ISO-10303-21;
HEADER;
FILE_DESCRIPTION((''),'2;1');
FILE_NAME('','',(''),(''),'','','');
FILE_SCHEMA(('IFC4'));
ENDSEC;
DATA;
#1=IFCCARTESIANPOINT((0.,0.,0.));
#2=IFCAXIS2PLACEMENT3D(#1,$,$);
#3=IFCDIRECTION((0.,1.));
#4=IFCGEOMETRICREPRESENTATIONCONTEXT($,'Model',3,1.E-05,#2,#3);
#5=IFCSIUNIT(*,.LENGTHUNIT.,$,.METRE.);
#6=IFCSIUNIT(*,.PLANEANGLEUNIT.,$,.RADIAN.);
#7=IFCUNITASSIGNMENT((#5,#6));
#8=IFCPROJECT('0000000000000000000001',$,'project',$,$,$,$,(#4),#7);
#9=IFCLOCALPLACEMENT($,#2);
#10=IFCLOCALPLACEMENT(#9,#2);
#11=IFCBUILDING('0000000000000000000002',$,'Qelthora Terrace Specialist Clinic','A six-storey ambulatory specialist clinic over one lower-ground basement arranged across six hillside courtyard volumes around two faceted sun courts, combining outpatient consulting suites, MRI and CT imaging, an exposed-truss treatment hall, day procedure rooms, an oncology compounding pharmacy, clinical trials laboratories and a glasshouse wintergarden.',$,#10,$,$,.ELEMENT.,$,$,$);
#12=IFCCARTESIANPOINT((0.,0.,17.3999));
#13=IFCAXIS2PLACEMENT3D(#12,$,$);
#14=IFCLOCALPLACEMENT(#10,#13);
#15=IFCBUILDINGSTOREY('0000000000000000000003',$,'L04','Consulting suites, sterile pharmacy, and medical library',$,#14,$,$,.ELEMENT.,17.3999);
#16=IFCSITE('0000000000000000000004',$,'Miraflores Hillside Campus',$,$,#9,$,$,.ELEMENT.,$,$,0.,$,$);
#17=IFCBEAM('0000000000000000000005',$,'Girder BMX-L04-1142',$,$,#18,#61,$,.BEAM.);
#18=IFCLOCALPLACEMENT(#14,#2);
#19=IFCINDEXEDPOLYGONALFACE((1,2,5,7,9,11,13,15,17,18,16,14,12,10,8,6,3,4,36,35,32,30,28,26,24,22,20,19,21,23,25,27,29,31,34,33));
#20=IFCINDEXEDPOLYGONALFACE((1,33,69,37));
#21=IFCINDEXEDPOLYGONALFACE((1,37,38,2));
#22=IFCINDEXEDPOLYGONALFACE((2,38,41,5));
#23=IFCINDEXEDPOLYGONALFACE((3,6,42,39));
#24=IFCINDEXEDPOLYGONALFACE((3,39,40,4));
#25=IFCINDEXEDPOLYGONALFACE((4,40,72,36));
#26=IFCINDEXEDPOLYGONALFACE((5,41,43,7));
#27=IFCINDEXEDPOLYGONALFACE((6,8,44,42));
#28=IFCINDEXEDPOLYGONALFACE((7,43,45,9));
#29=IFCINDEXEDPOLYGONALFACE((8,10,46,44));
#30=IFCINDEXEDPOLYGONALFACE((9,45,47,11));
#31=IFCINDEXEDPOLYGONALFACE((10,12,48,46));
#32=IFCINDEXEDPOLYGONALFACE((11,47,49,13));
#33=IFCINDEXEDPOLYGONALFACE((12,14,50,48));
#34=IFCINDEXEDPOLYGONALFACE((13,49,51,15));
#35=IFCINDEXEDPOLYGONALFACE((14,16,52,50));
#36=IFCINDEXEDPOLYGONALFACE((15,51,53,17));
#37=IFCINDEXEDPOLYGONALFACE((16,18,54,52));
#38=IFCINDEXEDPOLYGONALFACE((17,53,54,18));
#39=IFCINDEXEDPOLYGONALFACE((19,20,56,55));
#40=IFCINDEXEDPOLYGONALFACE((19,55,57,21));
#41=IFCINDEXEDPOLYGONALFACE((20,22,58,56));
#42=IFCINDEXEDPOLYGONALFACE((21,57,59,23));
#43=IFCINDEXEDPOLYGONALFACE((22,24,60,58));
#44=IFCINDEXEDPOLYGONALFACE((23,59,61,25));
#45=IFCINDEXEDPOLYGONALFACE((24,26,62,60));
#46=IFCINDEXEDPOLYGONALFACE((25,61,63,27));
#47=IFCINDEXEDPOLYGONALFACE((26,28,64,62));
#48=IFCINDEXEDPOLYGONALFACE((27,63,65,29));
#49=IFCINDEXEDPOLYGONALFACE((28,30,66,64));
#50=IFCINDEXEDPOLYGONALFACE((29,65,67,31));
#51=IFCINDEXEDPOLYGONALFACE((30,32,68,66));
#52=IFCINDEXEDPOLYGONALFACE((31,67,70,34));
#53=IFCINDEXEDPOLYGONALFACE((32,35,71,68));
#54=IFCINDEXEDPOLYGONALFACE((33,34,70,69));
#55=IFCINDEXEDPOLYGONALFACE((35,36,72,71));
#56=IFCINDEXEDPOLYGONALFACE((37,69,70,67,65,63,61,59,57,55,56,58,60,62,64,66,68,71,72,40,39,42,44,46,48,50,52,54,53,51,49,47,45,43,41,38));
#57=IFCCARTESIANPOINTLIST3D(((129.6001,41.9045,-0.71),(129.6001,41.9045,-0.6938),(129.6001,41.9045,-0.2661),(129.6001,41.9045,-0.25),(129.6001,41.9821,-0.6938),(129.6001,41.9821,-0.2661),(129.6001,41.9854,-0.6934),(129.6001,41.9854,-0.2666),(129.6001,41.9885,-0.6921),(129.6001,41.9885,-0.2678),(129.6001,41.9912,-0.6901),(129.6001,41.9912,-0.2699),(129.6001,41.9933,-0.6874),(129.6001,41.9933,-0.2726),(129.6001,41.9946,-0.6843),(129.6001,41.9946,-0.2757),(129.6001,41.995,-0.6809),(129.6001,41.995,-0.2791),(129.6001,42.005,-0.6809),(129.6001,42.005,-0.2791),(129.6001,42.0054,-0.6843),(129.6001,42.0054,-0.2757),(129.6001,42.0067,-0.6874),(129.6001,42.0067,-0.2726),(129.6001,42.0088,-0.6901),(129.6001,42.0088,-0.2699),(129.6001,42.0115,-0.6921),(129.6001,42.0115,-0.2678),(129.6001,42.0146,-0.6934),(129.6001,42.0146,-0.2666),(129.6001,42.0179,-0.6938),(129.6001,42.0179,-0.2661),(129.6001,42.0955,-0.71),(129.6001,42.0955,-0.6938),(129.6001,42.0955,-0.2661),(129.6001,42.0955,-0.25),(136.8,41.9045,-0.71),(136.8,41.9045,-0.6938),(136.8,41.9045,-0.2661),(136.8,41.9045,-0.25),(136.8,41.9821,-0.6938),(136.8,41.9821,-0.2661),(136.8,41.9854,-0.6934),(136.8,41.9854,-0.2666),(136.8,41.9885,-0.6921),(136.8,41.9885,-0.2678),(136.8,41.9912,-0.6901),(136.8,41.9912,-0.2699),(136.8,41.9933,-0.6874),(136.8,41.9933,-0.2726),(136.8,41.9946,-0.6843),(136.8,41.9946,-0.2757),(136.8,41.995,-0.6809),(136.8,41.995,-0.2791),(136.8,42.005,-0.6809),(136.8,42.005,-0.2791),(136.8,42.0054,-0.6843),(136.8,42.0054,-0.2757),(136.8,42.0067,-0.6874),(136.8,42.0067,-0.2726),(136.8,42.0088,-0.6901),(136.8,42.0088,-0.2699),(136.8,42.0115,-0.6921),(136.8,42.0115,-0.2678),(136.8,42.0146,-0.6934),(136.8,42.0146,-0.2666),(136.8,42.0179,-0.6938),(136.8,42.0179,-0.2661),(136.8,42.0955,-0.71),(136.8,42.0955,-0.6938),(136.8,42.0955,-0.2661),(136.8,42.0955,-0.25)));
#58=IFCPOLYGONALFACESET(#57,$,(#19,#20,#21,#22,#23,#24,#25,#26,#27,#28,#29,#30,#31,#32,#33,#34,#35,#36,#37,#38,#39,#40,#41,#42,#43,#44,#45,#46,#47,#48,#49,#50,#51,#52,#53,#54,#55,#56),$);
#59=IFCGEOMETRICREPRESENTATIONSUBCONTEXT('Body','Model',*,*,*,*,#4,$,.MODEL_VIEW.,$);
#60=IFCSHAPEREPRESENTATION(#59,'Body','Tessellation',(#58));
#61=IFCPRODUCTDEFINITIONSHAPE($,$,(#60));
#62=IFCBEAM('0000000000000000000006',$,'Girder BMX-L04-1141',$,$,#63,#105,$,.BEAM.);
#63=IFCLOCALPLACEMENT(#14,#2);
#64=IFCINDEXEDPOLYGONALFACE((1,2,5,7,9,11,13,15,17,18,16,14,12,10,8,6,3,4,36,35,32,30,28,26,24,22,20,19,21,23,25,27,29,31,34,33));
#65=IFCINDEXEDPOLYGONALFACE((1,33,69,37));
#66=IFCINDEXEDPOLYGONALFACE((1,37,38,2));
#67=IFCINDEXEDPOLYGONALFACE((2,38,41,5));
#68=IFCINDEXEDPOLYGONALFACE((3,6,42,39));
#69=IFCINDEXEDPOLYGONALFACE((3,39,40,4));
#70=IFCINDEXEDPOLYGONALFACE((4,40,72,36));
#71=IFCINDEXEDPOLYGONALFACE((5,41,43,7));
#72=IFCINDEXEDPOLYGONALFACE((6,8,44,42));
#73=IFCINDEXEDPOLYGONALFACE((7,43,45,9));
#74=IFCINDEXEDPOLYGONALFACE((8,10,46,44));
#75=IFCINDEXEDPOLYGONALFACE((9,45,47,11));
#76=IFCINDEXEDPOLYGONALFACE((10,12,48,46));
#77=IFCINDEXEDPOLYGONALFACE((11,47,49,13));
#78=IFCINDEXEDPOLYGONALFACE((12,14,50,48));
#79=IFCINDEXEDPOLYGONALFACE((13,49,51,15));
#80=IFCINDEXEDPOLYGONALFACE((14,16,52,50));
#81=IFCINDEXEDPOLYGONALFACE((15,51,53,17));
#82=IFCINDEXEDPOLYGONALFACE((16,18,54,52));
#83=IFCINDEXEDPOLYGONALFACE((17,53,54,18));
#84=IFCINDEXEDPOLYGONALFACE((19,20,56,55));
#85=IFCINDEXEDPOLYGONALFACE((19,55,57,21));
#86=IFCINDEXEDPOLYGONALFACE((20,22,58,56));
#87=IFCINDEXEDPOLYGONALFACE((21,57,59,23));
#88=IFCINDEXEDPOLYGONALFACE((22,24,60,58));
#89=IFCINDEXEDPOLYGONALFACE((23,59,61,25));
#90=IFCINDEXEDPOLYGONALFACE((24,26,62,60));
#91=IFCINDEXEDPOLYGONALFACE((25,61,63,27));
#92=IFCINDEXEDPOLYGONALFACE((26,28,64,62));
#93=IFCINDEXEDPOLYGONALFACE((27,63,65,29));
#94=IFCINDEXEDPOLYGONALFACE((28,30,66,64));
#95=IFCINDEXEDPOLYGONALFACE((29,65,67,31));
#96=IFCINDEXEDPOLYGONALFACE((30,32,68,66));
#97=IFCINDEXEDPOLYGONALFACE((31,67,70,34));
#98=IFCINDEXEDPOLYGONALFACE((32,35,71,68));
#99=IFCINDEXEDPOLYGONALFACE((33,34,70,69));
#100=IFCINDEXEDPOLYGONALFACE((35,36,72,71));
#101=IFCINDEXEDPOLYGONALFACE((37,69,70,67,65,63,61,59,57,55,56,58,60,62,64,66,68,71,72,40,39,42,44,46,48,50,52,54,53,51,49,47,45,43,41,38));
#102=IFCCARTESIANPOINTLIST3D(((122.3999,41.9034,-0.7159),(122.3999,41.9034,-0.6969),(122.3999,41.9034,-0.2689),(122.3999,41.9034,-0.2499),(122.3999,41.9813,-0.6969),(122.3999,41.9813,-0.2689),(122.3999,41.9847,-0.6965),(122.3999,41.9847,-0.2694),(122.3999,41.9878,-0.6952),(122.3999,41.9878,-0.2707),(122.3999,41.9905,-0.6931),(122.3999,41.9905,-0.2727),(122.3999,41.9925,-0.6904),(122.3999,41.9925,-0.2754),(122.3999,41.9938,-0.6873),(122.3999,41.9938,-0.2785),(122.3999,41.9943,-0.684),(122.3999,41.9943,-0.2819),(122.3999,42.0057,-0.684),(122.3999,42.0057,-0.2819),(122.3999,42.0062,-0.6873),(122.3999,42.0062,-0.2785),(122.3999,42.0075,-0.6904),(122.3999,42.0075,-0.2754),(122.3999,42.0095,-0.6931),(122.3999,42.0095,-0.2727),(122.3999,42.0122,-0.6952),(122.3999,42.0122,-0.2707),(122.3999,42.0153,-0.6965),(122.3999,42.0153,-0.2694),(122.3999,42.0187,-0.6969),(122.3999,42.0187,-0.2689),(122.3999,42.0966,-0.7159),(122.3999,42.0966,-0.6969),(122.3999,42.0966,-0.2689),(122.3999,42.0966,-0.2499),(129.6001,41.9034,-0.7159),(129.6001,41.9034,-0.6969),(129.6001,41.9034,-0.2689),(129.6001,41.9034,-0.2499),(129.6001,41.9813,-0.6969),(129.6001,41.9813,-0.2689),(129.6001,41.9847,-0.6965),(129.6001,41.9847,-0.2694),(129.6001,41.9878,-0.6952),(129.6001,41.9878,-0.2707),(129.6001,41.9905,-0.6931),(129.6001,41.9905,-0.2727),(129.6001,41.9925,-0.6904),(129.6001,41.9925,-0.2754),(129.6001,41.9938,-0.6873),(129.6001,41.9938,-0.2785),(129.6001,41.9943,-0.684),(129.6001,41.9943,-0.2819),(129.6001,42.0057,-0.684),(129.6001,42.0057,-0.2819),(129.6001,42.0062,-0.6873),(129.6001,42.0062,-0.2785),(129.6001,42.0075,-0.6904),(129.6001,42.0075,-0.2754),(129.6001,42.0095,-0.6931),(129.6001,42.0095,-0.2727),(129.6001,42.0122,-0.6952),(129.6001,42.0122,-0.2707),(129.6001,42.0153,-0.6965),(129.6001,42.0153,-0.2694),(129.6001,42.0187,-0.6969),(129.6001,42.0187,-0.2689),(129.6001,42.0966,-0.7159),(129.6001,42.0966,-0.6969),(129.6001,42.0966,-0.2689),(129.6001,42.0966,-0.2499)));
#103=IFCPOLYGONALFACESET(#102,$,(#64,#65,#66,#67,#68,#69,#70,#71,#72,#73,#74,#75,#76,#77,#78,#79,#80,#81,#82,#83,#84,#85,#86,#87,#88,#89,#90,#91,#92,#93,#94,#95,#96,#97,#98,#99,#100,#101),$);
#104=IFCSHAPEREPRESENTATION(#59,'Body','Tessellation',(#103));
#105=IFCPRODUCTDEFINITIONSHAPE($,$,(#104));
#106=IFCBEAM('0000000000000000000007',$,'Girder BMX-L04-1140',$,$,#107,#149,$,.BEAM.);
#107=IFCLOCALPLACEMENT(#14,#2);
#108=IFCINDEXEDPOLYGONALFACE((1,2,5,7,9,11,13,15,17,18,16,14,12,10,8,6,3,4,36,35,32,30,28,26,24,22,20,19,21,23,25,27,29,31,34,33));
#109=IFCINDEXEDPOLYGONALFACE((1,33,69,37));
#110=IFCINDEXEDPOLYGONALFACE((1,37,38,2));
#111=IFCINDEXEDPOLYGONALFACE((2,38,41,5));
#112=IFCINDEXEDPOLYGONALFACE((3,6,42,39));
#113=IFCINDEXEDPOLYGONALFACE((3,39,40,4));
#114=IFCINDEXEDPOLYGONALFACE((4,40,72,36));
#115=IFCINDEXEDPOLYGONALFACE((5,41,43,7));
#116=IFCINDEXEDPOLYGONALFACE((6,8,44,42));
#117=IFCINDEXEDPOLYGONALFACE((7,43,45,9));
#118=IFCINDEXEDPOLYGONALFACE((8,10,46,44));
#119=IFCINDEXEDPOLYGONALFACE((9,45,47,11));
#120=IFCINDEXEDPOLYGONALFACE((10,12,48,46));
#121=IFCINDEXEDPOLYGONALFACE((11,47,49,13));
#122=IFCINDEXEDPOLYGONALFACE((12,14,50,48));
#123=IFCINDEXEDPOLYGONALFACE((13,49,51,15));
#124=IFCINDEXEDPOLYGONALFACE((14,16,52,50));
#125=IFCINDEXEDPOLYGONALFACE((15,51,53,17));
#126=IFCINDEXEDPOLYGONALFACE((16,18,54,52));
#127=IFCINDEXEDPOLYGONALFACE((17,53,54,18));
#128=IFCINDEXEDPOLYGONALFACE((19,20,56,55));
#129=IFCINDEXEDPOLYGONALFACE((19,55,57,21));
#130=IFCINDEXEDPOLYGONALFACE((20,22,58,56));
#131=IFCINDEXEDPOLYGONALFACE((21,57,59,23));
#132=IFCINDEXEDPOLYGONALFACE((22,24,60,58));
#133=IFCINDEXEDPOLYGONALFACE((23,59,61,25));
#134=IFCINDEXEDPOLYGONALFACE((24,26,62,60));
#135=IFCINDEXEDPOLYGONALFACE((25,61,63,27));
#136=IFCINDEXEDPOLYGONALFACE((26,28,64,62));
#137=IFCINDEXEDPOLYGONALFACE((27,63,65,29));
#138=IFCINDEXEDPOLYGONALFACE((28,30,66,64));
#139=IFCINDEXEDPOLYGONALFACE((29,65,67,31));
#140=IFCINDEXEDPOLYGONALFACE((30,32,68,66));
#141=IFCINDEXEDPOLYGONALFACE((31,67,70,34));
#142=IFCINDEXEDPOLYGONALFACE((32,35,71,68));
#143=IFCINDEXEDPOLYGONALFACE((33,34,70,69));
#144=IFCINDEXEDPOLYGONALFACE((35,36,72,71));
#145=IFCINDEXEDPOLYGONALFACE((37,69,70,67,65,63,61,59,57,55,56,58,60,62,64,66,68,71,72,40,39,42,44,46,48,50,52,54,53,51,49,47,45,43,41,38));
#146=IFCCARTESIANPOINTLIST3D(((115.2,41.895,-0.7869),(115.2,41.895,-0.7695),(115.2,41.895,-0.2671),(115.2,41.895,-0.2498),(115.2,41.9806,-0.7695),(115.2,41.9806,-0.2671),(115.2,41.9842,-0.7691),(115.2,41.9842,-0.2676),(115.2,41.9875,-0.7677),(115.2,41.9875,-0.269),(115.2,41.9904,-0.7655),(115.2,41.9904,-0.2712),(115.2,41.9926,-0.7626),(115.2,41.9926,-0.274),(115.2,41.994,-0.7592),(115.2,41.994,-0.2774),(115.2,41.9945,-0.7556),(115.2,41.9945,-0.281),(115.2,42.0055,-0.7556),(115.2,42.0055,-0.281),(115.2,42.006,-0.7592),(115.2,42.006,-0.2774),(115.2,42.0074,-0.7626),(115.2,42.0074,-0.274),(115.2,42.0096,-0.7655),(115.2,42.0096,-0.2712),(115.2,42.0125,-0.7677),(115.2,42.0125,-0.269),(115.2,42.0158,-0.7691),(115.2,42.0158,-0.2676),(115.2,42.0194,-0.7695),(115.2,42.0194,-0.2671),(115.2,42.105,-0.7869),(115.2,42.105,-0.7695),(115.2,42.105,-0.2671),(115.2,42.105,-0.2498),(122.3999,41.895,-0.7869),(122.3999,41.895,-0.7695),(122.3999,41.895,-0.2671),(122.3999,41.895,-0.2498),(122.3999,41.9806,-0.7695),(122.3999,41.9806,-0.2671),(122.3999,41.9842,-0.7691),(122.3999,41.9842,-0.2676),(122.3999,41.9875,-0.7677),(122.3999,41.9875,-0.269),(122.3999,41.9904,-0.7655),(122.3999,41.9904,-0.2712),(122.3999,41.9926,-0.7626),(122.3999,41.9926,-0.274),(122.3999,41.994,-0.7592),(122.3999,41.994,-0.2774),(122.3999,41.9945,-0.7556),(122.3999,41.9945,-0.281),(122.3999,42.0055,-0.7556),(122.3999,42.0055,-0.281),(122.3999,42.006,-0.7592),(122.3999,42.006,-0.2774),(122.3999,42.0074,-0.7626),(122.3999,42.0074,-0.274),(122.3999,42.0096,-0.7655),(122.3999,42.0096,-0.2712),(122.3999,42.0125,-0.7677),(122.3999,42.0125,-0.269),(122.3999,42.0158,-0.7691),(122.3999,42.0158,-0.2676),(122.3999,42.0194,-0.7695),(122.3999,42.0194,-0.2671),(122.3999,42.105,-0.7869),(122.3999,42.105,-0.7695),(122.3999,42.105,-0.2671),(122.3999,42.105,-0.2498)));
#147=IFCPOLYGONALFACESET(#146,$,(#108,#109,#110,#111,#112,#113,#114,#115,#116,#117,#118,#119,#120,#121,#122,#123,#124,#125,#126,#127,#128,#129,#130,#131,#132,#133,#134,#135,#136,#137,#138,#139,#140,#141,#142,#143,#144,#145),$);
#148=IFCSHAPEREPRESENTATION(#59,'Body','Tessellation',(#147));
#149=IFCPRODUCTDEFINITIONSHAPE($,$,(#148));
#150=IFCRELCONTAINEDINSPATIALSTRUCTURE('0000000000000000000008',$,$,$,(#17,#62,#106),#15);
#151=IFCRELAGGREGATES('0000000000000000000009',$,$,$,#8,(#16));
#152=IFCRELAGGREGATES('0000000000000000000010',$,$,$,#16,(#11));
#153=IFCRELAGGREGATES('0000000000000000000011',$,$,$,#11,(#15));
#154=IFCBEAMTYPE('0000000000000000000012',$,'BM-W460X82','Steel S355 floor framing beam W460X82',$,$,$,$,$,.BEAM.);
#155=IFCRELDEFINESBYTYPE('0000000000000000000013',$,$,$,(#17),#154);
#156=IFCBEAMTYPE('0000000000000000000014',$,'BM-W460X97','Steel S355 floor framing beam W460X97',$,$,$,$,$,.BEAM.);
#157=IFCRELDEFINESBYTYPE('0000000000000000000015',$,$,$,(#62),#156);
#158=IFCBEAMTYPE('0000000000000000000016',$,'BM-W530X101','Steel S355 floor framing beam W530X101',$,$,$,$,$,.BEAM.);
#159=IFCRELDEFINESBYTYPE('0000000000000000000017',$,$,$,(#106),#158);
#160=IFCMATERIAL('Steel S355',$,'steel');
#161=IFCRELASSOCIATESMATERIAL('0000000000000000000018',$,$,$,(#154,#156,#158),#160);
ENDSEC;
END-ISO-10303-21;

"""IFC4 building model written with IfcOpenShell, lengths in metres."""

from ifc_helpers import new_model, si_unit, direction, frame, origin, origin_2d, place, context, subcontext, project, spatial, i_section, extrude, material, material_profile, profile_set, type_object, element, save


model = new_model("IFC4")

# Units and contexts
model_context = context("Model", 3, precision=1e-05, world=origin(), true_north=direction((0.0, 1.0)))
body_context = subcontext(model_context, "Body", "Model", "MODEL_VIEW")
ifc_project = project(units=[si_unit("LENGTHUNIT", "METRE"), si_unit("PLANEANGLEUNIT", "RADIAN")], contexts=[model_context])

# Site, building, storey
site_placement = place(None, origin())
site = spatial("IfcSite", under=ifc_project, at=site_placement, Name="Miraflores Hillside Campus", CompositionType="ELEMENT", RefElevation=0.0)
building_placement = place(site_placement, origin())
building = spatial("IfcBuilding", under=site, at=building_placement, Name="Qelthora Terrace Specialist Clinic", Description="A six-storey ambulatory specialist clinic over one lower-ground basement arranged across six hillside courtyard volumes around two faceted sun courts, combining outpatient consulting suites, MRI and CT imaging, an exposed-truss treatment hall, day procedure rooms, an oncology compounding pharmacy, clinical trials laboratories and a glasshouse wintergarden.", CompositionType="ELEMENT")
storey_placement = place(building_placement, frame((0.0, 0.0, 17.3999)))
storey = spatial("IfcBuildingStorey", under=building, at=storey_placement, Name="L04", Description="Consulting suites, sterile pharmacy, and medical library", CompositionType="ELEMENT", Elevation=17.3999)

# Shared definitions
ifc_material_1 = material(Name="Steel S355", Category="steel")

# Beams
ifc_material_profile_1 = material_profile(ifc_material_1, i_section(OverallWidth=0.1909, OverallDepth=0.46, WebThickness=0.01, FlangeThickness=0.0161, FilletRadius=0.0129, at=origin_2d()), Name="W460X82")
ifc_profile_set_1 = profile_set([ifc_material_profile_1], Name="Steel S355")
beam_type_1 = type_object("IfcBeamType", Name="BM-W460X82", Description="Steel S355 floor framing beam W460X82", PredefinedType="BEAM", material=ifc_profile_set_1)
beam_1_placement = place(storey_placement, frame((129.6001, 42.0, -0.48), z_axis=(1.0, 0.0, 0.0), x_axis=(0.0, 1.0, 0.0)))
element("IfcBeam", 1, at=beam_1_placement, inside=storey, type_object=beam_type_1, Name="Girder BMX-L04-1142", PredefinedType="BEAM", context=body_context, shape_type="SweptSolid", body=[
    extrude(i_section(OverallWidth=0.1909, OverallDepth=0.46, WebThickness=0.01, FlangeThickness=0.0161, FilletRadius=0.0129, at=origin_2d()), origin(), (0.0, 0.0, 1.0), 7.2),
])
ifc_material_profile_2 = material_profile(ifc_material_1, i_section(OverallWidth=0.1931, OverallDepth=0.4661, WebThickness=0.0115, FlangeThickness=0.019, FilletRadius=0.0129, at=origin_2d()), Name="W460X97")
ifc_profile_set_2 = profile_set([ifc_material_profile_2], Name="Steel S355")
beam_type_2 = type_object("IfcBeamType", Name="BM-W460X97", Description="Steel S355 floor framing beam W460X97", PredefinedType="BEAM", material=ifc_profile_set_2)
beam_2_placement = place(storey_placement, frame((122.3999, 42.0, -0.4829), z_axis=(1.0, 0.0, 0.0), x_axis=(0.0, 1.0, 0.0)))
element("IfcBeam", 2, at=beam_2_placement, inside=storey, type_object=beam_type_2, Name="Girder BMX-L04-1141", PredefinedType="BEAM", context=body_context, shape_type="SweptSolid", body=[
    extrude(i_section(OverallWidth=0.1931, OverallDepth=0.4661, WebThickness=0.0115, FlangeThickness=0.019, FilletRadius=0.0129, at=origin_2d()), origin(), (0.0, 0.0, 1.0), 7.2002),
])
ifc_material_profile_3 = material_profile(ifc_material_1, i_section(OverallWidth=0.21, OverallDepth=0.5371, WebThickness=0.011, FlangeThickness=0.0173, FilletRadius=0.0139, at=origin_2d()), Name="W530X101")
ifc_profile_set_3 = profile_set([ifc_material_profile_3], Name="Steel S355")
beam_type_3 = type_object("IfcBeamType", Name="BM-W530X101", Description="Steel S355 floor framing beam W530X101", PredefinedType="BEAM", material=ifc_profile_set_3)
beam_3_placement = place(storey_placement, frame((115.2, 42.0, -0.5183), z_axis=(1.0, 0.0, 0.0), x_axis=(0.0, 1.0, 0.0)))
element("IfcBeam", 3, at=beam_3_placement, inside=storey, type_object=beam_type_3, Name="Girder BMX-L04-1140", PredefinedType="BEAM", context=body_context, shape_type="SweptSolid", body=[
    extrude(i_section(OverallWidth=0.21, OverallDepth=0.5371, WebThickness=0.011, FlangeThickness=0.0173, FilletRadius=0.0139, at=origin_2d()), origin(), (0.0, 0.0, 1.0), 7.2),
])

save(model, "model.ifc")
